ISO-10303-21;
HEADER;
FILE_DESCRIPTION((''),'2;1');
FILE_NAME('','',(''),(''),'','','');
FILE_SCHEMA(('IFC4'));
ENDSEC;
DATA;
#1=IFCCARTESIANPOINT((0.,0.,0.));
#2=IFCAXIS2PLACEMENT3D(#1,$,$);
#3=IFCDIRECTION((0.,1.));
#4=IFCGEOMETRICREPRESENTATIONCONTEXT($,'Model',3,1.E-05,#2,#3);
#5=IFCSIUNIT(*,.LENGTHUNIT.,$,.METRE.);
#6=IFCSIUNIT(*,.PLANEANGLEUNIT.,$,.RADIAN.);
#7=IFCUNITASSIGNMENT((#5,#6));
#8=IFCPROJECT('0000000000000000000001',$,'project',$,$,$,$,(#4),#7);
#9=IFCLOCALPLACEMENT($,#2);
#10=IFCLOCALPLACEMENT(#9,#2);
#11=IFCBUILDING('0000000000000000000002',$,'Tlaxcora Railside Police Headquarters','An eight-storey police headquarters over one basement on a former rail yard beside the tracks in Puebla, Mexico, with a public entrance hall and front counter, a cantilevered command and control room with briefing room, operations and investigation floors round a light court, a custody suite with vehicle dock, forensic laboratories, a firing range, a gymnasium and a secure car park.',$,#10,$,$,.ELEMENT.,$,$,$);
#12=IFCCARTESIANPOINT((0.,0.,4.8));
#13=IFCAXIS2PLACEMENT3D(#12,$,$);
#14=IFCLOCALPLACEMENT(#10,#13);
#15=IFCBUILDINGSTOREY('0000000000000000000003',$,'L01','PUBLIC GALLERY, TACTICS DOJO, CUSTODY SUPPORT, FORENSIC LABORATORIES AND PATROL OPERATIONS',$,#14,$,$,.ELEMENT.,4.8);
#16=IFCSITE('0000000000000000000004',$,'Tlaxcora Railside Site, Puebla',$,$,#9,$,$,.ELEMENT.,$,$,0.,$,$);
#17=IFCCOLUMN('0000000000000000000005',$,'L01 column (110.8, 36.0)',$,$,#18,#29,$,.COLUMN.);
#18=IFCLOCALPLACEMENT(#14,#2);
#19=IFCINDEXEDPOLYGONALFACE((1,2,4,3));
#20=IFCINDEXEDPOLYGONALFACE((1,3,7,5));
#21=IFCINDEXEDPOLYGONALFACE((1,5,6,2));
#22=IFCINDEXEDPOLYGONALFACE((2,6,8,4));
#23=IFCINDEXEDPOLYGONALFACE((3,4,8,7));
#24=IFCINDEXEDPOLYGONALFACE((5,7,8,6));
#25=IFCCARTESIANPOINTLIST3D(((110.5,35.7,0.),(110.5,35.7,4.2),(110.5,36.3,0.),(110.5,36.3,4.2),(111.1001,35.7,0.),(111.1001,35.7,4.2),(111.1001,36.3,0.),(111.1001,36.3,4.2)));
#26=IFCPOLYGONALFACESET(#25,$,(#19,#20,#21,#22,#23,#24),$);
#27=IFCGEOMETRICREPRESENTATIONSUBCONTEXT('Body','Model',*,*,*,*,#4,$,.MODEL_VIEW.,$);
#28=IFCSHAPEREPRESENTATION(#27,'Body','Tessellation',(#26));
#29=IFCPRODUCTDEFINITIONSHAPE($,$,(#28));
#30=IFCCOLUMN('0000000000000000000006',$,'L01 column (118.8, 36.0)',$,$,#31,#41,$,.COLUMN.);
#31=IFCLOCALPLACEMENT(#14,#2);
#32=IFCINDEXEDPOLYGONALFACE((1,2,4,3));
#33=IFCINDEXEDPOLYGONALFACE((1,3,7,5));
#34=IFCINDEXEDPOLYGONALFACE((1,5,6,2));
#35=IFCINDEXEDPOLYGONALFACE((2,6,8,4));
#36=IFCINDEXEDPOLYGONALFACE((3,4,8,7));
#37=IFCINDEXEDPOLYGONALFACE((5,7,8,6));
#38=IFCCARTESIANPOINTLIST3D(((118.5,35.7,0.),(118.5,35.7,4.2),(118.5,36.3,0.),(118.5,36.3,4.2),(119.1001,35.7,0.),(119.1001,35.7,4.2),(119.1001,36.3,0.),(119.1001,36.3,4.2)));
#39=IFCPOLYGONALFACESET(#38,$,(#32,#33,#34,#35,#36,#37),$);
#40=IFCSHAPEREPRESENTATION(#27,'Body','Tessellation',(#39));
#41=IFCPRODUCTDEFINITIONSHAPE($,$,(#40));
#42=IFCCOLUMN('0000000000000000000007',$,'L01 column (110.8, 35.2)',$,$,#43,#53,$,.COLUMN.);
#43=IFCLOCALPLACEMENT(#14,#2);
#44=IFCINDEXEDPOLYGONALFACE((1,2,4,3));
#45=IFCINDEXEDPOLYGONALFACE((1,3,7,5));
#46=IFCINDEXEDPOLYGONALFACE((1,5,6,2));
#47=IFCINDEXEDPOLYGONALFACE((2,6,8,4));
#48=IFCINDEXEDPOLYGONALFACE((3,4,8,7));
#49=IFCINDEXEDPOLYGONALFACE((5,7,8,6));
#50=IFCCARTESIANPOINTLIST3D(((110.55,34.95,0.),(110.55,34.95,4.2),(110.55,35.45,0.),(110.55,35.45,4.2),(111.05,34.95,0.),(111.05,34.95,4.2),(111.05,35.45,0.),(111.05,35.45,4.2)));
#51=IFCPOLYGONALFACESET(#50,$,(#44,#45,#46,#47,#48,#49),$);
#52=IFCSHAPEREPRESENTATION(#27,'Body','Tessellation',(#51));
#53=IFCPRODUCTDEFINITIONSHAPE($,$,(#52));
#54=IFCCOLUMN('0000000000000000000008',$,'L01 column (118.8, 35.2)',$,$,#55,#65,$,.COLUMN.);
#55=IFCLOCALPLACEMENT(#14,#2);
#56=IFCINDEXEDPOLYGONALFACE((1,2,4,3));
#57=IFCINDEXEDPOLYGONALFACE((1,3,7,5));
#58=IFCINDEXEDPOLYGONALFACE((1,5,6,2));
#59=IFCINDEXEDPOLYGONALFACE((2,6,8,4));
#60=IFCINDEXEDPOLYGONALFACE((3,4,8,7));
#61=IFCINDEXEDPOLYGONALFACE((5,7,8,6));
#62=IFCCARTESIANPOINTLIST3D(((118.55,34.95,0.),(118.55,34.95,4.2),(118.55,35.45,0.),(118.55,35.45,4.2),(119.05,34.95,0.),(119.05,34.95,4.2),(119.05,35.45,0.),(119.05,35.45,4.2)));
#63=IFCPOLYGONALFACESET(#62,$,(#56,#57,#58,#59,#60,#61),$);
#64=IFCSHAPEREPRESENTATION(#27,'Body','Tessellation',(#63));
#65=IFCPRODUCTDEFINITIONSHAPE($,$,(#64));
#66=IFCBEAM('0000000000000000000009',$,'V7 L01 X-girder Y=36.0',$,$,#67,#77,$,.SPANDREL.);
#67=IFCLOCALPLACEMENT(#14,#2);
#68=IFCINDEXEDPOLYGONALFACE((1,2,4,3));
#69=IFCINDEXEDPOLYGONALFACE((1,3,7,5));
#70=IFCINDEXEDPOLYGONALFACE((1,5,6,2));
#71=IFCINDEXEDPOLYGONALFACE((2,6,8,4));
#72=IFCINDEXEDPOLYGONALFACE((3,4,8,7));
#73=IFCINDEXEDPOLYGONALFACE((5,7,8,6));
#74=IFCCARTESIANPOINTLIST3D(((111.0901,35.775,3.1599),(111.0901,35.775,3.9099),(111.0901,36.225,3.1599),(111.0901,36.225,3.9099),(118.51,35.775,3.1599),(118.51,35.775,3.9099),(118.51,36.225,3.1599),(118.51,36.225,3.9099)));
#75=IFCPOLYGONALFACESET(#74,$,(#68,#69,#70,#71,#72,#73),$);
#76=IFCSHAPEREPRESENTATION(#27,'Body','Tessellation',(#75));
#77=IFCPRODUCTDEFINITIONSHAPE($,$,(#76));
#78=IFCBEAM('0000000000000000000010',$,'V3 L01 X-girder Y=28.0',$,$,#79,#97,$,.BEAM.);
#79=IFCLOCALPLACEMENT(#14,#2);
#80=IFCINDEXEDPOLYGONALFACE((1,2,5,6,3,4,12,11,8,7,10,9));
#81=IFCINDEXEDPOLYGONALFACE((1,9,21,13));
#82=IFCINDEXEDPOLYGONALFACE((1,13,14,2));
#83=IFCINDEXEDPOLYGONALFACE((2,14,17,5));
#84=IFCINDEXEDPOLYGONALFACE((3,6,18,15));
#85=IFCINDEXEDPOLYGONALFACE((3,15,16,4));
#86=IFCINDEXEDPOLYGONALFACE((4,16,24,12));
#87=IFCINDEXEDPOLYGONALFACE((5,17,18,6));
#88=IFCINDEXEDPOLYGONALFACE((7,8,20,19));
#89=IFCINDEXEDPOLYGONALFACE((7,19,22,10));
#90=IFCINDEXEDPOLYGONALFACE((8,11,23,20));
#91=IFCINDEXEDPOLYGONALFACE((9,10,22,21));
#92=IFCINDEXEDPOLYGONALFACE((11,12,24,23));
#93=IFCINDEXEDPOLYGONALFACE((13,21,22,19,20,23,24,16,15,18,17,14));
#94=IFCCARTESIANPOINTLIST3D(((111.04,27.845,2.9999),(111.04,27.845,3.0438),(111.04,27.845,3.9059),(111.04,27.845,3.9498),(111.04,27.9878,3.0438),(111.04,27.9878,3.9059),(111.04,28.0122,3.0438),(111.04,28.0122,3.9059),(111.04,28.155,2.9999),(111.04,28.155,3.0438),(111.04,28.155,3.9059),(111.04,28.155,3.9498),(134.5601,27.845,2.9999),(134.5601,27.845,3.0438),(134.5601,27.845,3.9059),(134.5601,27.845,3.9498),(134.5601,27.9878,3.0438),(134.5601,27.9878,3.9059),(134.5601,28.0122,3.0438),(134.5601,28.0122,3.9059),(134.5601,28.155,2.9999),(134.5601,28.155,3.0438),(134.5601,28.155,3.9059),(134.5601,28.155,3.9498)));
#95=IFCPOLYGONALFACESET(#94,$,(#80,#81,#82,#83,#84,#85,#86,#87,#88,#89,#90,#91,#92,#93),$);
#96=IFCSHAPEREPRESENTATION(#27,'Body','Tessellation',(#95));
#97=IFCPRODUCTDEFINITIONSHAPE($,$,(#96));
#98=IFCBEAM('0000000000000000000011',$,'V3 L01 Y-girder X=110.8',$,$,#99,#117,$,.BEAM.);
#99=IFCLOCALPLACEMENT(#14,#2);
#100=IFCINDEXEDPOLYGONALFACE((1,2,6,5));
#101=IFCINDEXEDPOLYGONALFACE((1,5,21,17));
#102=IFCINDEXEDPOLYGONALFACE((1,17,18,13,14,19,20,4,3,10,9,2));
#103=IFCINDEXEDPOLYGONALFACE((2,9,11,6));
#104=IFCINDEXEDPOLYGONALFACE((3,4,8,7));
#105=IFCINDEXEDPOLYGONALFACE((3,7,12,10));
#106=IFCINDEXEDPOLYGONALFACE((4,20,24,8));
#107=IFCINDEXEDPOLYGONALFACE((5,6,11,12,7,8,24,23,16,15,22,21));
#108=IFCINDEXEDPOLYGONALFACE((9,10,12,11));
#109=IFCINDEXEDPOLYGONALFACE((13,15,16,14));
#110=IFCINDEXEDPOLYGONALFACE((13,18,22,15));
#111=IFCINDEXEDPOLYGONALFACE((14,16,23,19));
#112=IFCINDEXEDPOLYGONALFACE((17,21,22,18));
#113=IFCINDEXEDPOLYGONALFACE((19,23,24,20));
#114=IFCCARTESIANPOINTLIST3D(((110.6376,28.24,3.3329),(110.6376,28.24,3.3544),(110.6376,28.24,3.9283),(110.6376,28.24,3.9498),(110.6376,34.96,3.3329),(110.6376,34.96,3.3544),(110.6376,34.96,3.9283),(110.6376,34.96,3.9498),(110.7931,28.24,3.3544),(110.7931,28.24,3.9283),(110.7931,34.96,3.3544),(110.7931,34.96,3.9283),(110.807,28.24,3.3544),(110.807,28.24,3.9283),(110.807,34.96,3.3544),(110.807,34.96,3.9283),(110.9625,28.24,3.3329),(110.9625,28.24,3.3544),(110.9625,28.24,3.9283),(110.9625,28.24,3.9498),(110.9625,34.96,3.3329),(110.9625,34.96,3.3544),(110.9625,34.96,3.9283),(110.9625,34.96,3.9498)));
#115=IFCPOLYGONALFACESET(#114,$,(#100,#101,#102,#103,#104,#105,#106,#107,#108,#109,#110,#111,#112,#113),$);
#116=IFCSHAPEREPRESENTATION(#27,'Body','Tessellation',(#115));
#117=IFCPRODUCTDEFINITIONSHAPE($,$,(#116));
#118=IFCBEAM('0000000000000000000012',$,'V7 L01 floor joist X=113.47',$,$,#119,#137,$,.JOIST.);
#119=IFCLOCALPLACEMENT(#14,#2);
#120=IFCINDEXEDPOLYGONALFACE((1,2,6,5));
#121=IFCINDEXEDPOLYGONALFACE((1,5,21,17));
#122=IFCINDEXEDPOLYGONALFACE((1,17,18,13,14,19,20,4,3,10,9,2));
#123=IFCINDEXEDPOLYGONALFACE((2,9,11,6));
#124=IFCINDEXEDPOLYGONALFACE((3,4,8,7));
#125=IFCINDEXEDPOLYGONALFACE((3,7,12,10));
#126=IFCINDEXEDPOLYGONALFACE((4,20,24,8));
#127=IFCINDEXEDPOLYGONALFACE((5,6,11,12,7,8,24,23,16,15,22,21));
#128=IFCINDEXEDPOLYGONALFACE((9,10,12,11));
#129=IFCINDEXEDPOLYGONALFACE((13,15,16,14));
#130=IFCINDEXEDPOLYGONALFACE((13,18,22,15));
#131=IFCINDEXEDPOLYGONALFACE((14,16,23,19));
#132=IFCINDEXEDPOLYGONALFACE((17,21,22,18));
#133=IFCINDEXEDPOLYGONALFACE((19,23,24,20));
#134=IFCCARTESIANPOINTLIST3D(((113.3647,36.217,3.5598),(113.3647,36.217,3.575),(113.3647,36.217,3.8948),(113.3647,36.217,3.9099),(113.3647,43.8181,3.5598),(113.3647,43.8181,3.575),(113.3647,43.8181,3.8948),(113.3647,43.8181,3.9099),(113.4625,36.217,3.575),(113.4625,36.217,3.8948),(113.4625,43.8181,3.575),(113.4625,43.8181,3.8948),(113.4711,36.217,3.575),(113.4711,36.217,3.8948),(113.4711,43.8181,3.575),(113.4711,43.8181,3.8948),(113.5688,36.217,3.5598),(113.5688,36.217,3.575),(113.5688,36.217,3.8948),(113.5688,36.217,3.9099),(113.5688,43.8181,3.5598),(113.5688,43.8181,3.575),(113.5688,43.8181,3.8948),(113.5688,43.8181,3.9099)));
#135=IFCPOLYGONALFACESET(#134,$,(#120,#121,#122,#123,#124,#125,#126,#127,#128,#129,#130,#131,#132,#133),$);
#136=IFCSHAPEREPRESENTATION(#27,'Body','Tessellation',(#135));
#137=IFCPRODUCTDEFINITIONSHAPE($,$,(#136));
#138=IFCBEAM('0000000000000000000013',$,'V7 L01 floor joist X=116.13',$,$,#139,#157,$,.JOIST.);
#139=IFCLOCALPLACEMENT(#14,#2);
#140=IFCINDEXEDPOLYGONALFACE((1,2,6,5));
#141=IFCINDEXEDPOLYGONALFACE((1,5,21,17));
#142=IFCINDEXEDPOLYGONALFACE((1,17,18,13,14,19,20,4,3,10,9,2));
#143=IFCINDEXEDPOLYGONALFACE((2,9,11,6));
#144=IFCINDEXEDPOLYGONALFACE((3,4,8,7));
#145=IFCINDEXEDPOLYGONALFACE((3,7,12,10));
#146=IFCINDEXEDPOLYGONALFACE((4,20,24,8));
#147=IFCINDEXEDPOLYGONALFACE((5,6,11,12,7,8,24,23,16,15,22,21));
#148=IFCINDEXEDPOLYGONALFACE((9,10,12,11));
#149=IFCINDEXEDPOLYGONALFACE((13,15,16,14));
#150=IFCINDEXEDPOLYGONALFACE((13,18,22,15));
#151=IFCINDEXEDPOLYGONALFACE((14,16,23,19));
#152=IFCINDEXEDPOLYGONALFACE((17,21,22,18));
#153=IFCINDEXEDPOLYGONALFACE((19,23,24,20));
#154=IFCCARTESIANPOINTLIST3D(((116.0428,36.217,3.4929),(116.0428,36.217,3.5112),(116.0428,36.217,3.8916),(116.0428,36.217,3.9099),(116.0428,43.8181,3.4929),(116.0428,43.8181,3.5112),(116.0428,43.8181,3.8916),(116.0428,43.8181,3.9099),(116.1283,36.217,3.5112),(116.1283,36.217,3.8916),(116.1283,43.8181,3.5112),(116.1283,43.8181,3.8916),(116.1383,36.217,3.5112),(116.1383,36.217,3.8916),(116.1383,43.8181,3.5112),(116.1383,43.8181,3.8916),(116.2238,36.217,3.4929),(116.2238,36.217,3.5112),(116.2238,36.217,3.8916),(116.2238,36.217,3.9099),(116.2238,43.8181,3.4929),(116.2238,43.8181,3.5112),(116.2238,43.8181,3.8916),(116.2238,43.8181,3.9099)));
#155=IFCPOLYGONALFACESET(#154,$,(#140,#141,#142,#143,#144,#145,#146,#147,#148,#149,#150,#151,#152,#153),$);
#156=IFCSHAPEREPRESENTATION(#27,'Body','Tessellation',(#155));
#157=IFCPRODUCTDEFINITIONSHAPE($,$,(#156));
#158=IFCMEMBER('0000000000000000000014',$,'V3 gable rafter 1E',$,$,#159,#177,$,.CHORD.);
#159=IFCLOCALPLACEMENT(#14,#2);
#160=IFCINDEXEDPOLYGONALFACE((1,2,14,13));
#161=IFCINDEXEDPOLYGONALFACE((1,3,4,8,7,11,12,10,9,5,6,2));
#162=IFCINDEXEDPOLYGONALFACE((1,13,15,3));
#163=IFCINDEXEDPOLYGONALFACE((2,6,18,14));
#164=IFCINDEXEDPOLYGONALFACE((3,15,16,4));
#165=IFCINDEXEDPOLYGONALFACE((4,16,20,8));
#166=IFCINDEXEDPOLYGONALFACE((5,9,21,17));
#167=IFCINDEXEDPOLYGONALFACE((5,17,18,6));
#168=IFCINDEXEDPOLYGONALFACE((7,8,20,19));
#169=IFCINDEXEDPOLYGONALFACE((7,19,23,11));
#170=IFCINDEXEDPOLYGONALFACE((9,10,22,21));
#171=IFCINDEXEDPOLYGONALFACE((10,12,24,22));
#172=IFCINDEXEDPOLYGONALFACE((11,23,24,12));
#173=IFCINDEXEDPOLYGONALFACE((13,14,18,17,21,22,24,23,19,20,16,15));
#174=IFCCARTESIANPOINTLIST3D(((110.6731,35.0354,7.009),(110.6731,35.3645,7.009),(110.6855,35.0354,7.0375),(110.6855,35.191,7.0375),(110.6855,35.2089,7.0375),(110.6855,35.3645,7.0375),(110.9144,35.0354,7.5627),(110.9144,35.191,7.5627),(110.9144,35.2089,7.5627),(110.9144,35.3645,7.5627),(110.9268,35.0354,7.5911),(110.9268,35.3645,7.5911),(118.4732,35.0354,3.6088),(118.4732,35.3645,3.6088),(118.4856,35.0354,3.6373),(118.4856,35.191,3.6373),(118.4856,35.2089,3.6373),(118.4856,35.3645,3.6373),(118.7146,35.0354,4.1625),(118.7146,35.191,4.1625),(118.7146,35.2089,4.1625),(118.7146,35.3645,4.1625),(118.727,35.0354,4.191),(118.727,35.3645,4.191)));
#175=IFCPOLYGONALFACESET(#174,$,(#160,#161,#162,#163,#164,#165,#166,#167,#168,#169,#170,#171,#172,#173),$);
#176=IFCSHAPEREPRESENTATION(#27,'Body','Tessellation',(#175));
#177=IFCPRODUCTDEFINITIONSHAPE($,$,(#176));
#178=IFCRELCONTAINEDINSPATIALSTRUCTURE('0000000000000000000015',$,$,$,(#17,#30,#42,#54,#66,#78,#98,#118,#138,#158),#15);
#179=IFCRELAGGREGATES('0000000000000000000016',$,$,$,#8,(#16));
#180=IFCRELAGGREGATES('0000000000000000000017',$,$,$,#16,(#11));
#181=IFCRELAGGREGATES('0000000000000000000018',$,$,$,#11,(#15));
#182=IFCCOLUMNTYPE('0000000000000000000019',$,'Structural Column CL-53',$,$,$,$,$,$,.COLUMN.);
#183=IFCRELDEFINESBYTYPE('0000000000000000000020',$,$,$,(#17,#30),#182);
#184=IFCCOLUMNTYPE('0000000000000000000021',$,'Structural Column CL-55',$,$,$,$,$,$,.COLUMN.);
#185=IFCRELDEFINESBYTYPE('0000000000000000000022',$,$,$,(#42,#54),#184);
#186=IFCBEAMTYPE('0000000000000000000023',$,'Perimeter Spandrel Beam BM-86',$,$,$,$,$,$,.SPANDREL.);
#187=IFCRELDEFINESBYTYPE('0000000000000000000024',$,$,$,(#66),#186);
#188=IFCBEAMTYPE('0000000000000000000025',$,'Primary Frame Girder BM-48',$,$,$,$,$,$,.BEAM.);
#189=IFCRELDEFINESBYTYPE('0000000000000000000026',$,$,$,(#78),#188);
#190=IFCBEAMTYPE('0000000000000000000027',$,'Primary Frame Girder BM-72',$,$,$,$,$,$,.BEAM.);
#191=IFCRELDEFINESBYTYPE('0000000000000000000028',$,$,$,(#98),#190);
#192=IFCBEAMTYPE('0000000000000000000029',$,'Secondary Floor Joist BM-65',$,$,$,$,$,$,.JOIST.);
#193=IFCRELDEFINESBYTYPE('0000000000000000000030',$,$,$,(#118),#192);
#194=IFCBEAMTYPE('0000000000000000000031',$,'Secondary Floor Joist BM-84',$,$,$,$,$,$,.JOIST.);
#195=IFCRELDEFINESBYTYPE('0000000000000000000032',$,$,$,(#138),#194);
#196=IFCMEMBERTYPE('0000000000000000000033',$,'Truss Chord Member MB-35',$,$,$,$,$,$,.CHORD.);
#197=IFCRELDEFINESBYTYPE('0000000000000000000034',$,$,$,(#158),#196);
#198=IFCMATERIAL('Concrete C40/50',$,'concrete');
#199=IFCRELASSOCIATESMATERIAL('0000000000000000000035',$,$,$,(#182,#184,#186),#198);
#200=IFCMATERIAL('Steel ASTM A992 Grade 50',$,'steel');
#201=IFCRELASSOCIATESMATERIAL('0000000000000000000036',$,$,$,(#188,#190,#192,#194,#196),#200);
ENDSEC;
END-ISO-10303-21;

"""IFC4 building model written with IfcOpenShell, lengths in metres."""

from ifc_helpers import new_model, si_unit, direction, frame, origin, origin_2d, place, context, subcontext, project, spatial, rectangle, i_section, extrude, material, material_profile, profile_set, type_object, element, save


model = new_model("IFC4")

# Units and contexts
model_context = context("Model", 3, precision=1e-05, world=origin(), true_north=direction((0.0, 1.0)))
body_context = subcontext(model_context, "Body", "Model", "MODEL_VIEW")
ifc_project = project(units=[si_unit("LENGTHUNIT", "METRE"), si_unit("PLANEANGLEUNIT", "RADIAN")], contexts=[model_context])

# Site, building, storey
site_placement = place(None, origin())
site = spatial("IfcSite", under=ifc_project, at=site_placement, Name="Tlaxcora Railside Site, Puebla", CompositionType="ELEMENT", RefElevation=0.0)
building_placement = place(site_placement, origin())
building = spatial("IfcBuilding", under=site, at=building_placement, Name="Tlaxcora Railside Police Headquarters", Description="An eight-storey police headquarters over one basement on a former rail yard beside the tracks in Puebla, Mexico, with a public entrance hall and front counter, a cantilevered command and control room with briefing room, operations and investigation floors round a light court, a custody suite with vehicle dock, forensic laboratories, a firing range, a gymnasium and a secure car park.", CompositionType="ELEMENT")
storey_placement = place(building_placement, frame((0.0, 0.0, 4.8)))
storey = spatial("IfcBuildingStorey", under=building, at=storey_placement, Name="L01", Description="PUBLIC GALLERY, TACTICS DOJO, CUSTODY SUPPORT, FORENSIC LABORATORIES AND PATROL OPERATIONS", CompositionType="ELEMENT", Elevation=4.8)

# Columns
ifc_material_1 = material(Name="Concrete C40/50", Category="concrete")
ifc_material_profile_1 = material_profile(ifc_material_1, rectangle(XDim=0.6001, YDim=0.6001, at=origin_2d()), Name="RC600X600")
ifc_profile_set_1 = profile_set([ifc_material_profile_1], Name="Concrete C40/50")
column_type_1 = type_object("IfcColumnType", Name="Structural Column CL-53", PredefinedType="COLUMN", material=ifc_profile_set_1)
for number, where, z_axis, x_axis, name in (
    (1, (110.8, 36.0, 0.0), (0.0, 0.0, 1.0), (1.0, 0.0, 0.0), "L01 column (110.8, 36.0)"),
    (2, (118.8, 36.0, 0.0), (0.0, 0.0, 1.0), (1.0, 0.0, 0.0), "L01 column (118.8, 36.0)"),
):
    element("IfcColumn", number, at=place(storey_placement, frame(where, z_axis=z_axis, x_axis=x_axis)), inside=storey, type_object=column_type_1, Name=name, PredefinedType="COLUMN", context=body_context, shape_type="SweptSolid", body=[
        extrude(rectangle(XDim=0.6001, YDim=0.6001, at=origin_2d()), origin(), (0.0, 0.0, 1.0), 4.2),
    ])
ifc_material_profile_2 = material_profile(ifc_material_1, rectangle(XDim=0.5, YDim=0.5, at=origin_2d()), Name="RC500X500")
ifc_profile_set_2 = profile_set([ifc_material_profile_2], Name="Concrete C40/50")
column_type_2 = type_object("IfcColumnType", Name="Structural Column CL-55", PredefinedType="COLUMN", material=ifc_profile_set_2)
for number, where, z_axis, x_axis, name in (
    (3, (110.8, 35.2, 0.0), (0.0, 0.0, 1.0), (1.0, 0.0, 0.0), "L01 column (110.8, 35.2)"),
    (4, (118.8, 35.2, 0.0), (0.0, 0.0, 1.0), (1.0, 0.0, 0.0), "L01 column (118.8, 35.2)"),
):
    element("IfcColumn", number, at=place(storey_placement, frame(where, z_axis=z_axis, x_axis=x_axis)), inside=storey, type_object=column_type_2, Name=name, PredefinedType="COLUMN", context=body_context, shape_type="SweptSolid", body=[
        extrude(rectangle(XDim=0.5, YDim=0.5, at=origin_2d()), origin(), (0.0, 0.0, 1.0), 4.2),
    ])

# Beams
ifc_material_profile_3 = material_profile(ifc_material_1, rectangle(XDim=0.45, YDim=0.75, at=origin_2d()), Name="RC450X750")
ifc_profile_set_3 = profile_set([ifc_material_profile_3], Name="Concrete C40/50")
beam_type_1 = type_object("IfcBeamType", Name="Perimeter Spandrel Beam BM-86", PredefinedType="SPANDREL", material=ifc_profile_set_3)
beam_1_placement = place(storey_placement, frame((111.0901, 36.0, 3.5349), z_axis=(1.0, 0.0, 0.0), x_axis=(0.0, 1.0, 0.0)))
element("IfcBeam", 5, at=beam_1_placement, inside=storey, type_object=beam_type_1, Name="V7 L01 X-girder Y=36.0", PredefinedType="SPANDREL", context=body_context, shape_type="SweptSolid", body=[
    extrude(rectangle(XDim=0.45, YDim=0.75, at=origin_2d()), origin(), (0.0, 0.0, 1.0), 7.4199),
])
ifc_material_2 = material(Name="Steel ASTM A992 Grade 50", Category="steel")
ifc_material_profile_4 = material_profile(ifc_material_2, i_section(OverallWidth=0.3101, OverallDepth=0.95, WebThickness=0.0244, FlangeThickness=0.0439, at=origin_2d()), Name="W36X256")
ifc_profile_set_4 = profile_set([ifc_material_profile_4], Name="Steel ASTM A992 Grade 50")
beam_type_2 = type_object("IfcBeamType", Name="Primary Frame Girder BM-48", PredefinedType="BEAM", material=ifc_profile_set_4)
beam_2_placement = place(storey_placement, frame((111.04, 28.0, 3.4749), z_axis=(1.0, 0.0, 0.0), x_axis=(0.0, 1.0, 0.0)))
element("IfcBeam", 6, at=beam_2_placement, inside=storey, type_object=beam_type_2, Name="V3 L01 X-girder Y=28.0", PredefinedType="BEAM", context=body_context, shape_type="SweptSolid", body=[
    extrude(i_section(OverallWidth=0.3101, OverallDepth=0.95, WebThickness=0.0244, FlangeThickness=0.0439, at=origin_2d()), origin(), (0.0, 0.0, 1.0), 23.52),
])
ifc_material_profile_5 = material_profile(ifc_material_2, i_section(OverallWidth=0.325, OverallDepth=0.6169, WebThickness=0.0139, FlangeThickness=0.0215, at=origin_2d()), Name="W24X117")
ifc_profile_set_5 = profile_set([ifc_material_profile_5], Name="Steel ASTM A992 Grade 50")
beam_type_3 = type_object("IfcBeamType", Name="Primary Frame Girder BM-72", PredefinedType="BEAM", material=ifc_profile_set_5)
beam_3_placement = place(storey_placement, frame((110.8, 28.24, 3.6414), z_axis=(0.0, 1.0, 0.0), x_axis=(-1.0, 0.0, 0.0)))
element("IfcBeam", 7, at=beam_3_placement, inside=storey, type_object=beam_type_3, Name="V3 L01 Y-girder X=110.8", PredefinedType="BEAM", context=body_context, shape_type="SweptSolid", body=[
    extrude(i_section(OverallWidth=0.325, OverallDepth=0.6169, WebThickness=0.0139, FlangeThickness=0.0215, at=origin_2d()), origin(), (0.0, 0.0, 1.0), 6.72),
])
ifc_material_profile_6 = material_profile(ifc_material_2, i_section(OverallWidth=0.2041, OverallDepth=0.3501, WebThickness=0.0085, FlangeThickness=0.0151, at=origin_2d()), Name="W14X48")
ifc_profile_set_6 = profile_set([ifc_material_profile_6], Name="Steel ASTM A992 Grade 50")
beam_type_4 = type_object("IfcBeamType", Name="Secondary Floor Joist BM-65", PredefinedType="JOIST", material=ifc_profile_set_6)
beam_4_placement = place(storey_placement, frame((113.4668, 36.217, 3.7349), z_axis=(0.0, 1.0, 0.0), x_axis=(-1.0, 0.0, 0.0)))
element("IfcBeam", 8, at=beam_4_placement, inside=storey, type_object=beam_type_4, Name="V7 L01 floor joist X=113.47", PredefinedType="JOIST", context=body_context, shape_type="SweptSolid", body=[
    extrude(i_section(OverallWidth=0.2041, OverallDepth=0.3501, WebThickness=0.0085, FlangeThickness=0.0151, at=origin_2d()), origin(), (0.0, 0.0, 1.0), 7.6011),
])
ifc_material_profile_7 = material_profile(ifc_material_2, i_section(OverallWidth=0.1809, OverallDepth=0.417, WebThickness=0.01, FlangeThickness=0.0183, at=origin_2d()), Name="W16X57")
ifc_profile_set_7 = profile_set([ifc_material_profile_7], Name="Steel ASTM A992 Grade 50")
beam_type_5 = type_object("IfcBeamType", Name="Secondary Floor Joist BM-84", PredefinedType="JOIST", material=ifc_profile_set_7)
beam_5_placement = place(storey_placement, frame((116.1333, 36.217, 3.7014), z_axis=(0.0, 1.0, 0.0), x_axis=(-1.0, 0.0, 0.0)))
element("IfcBeam", 9, at=beam_5_placement, inside=storey, type_object=beam_type_5, Name="V7 L01 floor joist X=116.13", PredefinedType="JOIST", context=body_context, shape_type="SweptSolid", body=[
    extrude(i_section(OverallWidth=0.1809, OverallDepth=0.417, WebThickness=0.01, FlangeThickness=0.0183, at=origin_2d()), origin(), (0.0, 0.0, 1.0), 7.6011),
])

# Member
ifc_material_profile_8 = material_profile(ifc_material_2, i_section(OverallWidth=0.3291, OverallDepth=0.635, WebThickness=0.0178, FlangeThickness=0.031, at=origin_2d()), Name="W24X162")
ifc_profile_set_8 = profile_set([ifc_material_profile_8], Name="Steel ASTM A992 Grade 50")
member_type = type_object("IfcMemberType", Name="Truss Chord Member MB-35", PredefinedType="CHORD", material=ifc_profile_set_8)
member_placement = place(storey_placement, frame((118.6001, 35.2, 3.8999), z_axis=(-0.916691, 0.0, 0.399598), x_axis=(0.0, -1.0, 0.0)))
element("IfcMember", 10, at=member_placement, inside=storey, type_object=member_type, Name="V3 gable rafter 1E", PredefinedType="CHORD", context=body_context, shape_type="SweptSolid", body=[
    extrude(i_section(OverallWidth=0.3291, OverallDepth=0.635, WebThickness=0.0178, FlangeThickness=0.031, at=origin_2d()), origin(), (0.0, 0.0, 1.0), 8.509),
])

save(model, "model.ifc")
